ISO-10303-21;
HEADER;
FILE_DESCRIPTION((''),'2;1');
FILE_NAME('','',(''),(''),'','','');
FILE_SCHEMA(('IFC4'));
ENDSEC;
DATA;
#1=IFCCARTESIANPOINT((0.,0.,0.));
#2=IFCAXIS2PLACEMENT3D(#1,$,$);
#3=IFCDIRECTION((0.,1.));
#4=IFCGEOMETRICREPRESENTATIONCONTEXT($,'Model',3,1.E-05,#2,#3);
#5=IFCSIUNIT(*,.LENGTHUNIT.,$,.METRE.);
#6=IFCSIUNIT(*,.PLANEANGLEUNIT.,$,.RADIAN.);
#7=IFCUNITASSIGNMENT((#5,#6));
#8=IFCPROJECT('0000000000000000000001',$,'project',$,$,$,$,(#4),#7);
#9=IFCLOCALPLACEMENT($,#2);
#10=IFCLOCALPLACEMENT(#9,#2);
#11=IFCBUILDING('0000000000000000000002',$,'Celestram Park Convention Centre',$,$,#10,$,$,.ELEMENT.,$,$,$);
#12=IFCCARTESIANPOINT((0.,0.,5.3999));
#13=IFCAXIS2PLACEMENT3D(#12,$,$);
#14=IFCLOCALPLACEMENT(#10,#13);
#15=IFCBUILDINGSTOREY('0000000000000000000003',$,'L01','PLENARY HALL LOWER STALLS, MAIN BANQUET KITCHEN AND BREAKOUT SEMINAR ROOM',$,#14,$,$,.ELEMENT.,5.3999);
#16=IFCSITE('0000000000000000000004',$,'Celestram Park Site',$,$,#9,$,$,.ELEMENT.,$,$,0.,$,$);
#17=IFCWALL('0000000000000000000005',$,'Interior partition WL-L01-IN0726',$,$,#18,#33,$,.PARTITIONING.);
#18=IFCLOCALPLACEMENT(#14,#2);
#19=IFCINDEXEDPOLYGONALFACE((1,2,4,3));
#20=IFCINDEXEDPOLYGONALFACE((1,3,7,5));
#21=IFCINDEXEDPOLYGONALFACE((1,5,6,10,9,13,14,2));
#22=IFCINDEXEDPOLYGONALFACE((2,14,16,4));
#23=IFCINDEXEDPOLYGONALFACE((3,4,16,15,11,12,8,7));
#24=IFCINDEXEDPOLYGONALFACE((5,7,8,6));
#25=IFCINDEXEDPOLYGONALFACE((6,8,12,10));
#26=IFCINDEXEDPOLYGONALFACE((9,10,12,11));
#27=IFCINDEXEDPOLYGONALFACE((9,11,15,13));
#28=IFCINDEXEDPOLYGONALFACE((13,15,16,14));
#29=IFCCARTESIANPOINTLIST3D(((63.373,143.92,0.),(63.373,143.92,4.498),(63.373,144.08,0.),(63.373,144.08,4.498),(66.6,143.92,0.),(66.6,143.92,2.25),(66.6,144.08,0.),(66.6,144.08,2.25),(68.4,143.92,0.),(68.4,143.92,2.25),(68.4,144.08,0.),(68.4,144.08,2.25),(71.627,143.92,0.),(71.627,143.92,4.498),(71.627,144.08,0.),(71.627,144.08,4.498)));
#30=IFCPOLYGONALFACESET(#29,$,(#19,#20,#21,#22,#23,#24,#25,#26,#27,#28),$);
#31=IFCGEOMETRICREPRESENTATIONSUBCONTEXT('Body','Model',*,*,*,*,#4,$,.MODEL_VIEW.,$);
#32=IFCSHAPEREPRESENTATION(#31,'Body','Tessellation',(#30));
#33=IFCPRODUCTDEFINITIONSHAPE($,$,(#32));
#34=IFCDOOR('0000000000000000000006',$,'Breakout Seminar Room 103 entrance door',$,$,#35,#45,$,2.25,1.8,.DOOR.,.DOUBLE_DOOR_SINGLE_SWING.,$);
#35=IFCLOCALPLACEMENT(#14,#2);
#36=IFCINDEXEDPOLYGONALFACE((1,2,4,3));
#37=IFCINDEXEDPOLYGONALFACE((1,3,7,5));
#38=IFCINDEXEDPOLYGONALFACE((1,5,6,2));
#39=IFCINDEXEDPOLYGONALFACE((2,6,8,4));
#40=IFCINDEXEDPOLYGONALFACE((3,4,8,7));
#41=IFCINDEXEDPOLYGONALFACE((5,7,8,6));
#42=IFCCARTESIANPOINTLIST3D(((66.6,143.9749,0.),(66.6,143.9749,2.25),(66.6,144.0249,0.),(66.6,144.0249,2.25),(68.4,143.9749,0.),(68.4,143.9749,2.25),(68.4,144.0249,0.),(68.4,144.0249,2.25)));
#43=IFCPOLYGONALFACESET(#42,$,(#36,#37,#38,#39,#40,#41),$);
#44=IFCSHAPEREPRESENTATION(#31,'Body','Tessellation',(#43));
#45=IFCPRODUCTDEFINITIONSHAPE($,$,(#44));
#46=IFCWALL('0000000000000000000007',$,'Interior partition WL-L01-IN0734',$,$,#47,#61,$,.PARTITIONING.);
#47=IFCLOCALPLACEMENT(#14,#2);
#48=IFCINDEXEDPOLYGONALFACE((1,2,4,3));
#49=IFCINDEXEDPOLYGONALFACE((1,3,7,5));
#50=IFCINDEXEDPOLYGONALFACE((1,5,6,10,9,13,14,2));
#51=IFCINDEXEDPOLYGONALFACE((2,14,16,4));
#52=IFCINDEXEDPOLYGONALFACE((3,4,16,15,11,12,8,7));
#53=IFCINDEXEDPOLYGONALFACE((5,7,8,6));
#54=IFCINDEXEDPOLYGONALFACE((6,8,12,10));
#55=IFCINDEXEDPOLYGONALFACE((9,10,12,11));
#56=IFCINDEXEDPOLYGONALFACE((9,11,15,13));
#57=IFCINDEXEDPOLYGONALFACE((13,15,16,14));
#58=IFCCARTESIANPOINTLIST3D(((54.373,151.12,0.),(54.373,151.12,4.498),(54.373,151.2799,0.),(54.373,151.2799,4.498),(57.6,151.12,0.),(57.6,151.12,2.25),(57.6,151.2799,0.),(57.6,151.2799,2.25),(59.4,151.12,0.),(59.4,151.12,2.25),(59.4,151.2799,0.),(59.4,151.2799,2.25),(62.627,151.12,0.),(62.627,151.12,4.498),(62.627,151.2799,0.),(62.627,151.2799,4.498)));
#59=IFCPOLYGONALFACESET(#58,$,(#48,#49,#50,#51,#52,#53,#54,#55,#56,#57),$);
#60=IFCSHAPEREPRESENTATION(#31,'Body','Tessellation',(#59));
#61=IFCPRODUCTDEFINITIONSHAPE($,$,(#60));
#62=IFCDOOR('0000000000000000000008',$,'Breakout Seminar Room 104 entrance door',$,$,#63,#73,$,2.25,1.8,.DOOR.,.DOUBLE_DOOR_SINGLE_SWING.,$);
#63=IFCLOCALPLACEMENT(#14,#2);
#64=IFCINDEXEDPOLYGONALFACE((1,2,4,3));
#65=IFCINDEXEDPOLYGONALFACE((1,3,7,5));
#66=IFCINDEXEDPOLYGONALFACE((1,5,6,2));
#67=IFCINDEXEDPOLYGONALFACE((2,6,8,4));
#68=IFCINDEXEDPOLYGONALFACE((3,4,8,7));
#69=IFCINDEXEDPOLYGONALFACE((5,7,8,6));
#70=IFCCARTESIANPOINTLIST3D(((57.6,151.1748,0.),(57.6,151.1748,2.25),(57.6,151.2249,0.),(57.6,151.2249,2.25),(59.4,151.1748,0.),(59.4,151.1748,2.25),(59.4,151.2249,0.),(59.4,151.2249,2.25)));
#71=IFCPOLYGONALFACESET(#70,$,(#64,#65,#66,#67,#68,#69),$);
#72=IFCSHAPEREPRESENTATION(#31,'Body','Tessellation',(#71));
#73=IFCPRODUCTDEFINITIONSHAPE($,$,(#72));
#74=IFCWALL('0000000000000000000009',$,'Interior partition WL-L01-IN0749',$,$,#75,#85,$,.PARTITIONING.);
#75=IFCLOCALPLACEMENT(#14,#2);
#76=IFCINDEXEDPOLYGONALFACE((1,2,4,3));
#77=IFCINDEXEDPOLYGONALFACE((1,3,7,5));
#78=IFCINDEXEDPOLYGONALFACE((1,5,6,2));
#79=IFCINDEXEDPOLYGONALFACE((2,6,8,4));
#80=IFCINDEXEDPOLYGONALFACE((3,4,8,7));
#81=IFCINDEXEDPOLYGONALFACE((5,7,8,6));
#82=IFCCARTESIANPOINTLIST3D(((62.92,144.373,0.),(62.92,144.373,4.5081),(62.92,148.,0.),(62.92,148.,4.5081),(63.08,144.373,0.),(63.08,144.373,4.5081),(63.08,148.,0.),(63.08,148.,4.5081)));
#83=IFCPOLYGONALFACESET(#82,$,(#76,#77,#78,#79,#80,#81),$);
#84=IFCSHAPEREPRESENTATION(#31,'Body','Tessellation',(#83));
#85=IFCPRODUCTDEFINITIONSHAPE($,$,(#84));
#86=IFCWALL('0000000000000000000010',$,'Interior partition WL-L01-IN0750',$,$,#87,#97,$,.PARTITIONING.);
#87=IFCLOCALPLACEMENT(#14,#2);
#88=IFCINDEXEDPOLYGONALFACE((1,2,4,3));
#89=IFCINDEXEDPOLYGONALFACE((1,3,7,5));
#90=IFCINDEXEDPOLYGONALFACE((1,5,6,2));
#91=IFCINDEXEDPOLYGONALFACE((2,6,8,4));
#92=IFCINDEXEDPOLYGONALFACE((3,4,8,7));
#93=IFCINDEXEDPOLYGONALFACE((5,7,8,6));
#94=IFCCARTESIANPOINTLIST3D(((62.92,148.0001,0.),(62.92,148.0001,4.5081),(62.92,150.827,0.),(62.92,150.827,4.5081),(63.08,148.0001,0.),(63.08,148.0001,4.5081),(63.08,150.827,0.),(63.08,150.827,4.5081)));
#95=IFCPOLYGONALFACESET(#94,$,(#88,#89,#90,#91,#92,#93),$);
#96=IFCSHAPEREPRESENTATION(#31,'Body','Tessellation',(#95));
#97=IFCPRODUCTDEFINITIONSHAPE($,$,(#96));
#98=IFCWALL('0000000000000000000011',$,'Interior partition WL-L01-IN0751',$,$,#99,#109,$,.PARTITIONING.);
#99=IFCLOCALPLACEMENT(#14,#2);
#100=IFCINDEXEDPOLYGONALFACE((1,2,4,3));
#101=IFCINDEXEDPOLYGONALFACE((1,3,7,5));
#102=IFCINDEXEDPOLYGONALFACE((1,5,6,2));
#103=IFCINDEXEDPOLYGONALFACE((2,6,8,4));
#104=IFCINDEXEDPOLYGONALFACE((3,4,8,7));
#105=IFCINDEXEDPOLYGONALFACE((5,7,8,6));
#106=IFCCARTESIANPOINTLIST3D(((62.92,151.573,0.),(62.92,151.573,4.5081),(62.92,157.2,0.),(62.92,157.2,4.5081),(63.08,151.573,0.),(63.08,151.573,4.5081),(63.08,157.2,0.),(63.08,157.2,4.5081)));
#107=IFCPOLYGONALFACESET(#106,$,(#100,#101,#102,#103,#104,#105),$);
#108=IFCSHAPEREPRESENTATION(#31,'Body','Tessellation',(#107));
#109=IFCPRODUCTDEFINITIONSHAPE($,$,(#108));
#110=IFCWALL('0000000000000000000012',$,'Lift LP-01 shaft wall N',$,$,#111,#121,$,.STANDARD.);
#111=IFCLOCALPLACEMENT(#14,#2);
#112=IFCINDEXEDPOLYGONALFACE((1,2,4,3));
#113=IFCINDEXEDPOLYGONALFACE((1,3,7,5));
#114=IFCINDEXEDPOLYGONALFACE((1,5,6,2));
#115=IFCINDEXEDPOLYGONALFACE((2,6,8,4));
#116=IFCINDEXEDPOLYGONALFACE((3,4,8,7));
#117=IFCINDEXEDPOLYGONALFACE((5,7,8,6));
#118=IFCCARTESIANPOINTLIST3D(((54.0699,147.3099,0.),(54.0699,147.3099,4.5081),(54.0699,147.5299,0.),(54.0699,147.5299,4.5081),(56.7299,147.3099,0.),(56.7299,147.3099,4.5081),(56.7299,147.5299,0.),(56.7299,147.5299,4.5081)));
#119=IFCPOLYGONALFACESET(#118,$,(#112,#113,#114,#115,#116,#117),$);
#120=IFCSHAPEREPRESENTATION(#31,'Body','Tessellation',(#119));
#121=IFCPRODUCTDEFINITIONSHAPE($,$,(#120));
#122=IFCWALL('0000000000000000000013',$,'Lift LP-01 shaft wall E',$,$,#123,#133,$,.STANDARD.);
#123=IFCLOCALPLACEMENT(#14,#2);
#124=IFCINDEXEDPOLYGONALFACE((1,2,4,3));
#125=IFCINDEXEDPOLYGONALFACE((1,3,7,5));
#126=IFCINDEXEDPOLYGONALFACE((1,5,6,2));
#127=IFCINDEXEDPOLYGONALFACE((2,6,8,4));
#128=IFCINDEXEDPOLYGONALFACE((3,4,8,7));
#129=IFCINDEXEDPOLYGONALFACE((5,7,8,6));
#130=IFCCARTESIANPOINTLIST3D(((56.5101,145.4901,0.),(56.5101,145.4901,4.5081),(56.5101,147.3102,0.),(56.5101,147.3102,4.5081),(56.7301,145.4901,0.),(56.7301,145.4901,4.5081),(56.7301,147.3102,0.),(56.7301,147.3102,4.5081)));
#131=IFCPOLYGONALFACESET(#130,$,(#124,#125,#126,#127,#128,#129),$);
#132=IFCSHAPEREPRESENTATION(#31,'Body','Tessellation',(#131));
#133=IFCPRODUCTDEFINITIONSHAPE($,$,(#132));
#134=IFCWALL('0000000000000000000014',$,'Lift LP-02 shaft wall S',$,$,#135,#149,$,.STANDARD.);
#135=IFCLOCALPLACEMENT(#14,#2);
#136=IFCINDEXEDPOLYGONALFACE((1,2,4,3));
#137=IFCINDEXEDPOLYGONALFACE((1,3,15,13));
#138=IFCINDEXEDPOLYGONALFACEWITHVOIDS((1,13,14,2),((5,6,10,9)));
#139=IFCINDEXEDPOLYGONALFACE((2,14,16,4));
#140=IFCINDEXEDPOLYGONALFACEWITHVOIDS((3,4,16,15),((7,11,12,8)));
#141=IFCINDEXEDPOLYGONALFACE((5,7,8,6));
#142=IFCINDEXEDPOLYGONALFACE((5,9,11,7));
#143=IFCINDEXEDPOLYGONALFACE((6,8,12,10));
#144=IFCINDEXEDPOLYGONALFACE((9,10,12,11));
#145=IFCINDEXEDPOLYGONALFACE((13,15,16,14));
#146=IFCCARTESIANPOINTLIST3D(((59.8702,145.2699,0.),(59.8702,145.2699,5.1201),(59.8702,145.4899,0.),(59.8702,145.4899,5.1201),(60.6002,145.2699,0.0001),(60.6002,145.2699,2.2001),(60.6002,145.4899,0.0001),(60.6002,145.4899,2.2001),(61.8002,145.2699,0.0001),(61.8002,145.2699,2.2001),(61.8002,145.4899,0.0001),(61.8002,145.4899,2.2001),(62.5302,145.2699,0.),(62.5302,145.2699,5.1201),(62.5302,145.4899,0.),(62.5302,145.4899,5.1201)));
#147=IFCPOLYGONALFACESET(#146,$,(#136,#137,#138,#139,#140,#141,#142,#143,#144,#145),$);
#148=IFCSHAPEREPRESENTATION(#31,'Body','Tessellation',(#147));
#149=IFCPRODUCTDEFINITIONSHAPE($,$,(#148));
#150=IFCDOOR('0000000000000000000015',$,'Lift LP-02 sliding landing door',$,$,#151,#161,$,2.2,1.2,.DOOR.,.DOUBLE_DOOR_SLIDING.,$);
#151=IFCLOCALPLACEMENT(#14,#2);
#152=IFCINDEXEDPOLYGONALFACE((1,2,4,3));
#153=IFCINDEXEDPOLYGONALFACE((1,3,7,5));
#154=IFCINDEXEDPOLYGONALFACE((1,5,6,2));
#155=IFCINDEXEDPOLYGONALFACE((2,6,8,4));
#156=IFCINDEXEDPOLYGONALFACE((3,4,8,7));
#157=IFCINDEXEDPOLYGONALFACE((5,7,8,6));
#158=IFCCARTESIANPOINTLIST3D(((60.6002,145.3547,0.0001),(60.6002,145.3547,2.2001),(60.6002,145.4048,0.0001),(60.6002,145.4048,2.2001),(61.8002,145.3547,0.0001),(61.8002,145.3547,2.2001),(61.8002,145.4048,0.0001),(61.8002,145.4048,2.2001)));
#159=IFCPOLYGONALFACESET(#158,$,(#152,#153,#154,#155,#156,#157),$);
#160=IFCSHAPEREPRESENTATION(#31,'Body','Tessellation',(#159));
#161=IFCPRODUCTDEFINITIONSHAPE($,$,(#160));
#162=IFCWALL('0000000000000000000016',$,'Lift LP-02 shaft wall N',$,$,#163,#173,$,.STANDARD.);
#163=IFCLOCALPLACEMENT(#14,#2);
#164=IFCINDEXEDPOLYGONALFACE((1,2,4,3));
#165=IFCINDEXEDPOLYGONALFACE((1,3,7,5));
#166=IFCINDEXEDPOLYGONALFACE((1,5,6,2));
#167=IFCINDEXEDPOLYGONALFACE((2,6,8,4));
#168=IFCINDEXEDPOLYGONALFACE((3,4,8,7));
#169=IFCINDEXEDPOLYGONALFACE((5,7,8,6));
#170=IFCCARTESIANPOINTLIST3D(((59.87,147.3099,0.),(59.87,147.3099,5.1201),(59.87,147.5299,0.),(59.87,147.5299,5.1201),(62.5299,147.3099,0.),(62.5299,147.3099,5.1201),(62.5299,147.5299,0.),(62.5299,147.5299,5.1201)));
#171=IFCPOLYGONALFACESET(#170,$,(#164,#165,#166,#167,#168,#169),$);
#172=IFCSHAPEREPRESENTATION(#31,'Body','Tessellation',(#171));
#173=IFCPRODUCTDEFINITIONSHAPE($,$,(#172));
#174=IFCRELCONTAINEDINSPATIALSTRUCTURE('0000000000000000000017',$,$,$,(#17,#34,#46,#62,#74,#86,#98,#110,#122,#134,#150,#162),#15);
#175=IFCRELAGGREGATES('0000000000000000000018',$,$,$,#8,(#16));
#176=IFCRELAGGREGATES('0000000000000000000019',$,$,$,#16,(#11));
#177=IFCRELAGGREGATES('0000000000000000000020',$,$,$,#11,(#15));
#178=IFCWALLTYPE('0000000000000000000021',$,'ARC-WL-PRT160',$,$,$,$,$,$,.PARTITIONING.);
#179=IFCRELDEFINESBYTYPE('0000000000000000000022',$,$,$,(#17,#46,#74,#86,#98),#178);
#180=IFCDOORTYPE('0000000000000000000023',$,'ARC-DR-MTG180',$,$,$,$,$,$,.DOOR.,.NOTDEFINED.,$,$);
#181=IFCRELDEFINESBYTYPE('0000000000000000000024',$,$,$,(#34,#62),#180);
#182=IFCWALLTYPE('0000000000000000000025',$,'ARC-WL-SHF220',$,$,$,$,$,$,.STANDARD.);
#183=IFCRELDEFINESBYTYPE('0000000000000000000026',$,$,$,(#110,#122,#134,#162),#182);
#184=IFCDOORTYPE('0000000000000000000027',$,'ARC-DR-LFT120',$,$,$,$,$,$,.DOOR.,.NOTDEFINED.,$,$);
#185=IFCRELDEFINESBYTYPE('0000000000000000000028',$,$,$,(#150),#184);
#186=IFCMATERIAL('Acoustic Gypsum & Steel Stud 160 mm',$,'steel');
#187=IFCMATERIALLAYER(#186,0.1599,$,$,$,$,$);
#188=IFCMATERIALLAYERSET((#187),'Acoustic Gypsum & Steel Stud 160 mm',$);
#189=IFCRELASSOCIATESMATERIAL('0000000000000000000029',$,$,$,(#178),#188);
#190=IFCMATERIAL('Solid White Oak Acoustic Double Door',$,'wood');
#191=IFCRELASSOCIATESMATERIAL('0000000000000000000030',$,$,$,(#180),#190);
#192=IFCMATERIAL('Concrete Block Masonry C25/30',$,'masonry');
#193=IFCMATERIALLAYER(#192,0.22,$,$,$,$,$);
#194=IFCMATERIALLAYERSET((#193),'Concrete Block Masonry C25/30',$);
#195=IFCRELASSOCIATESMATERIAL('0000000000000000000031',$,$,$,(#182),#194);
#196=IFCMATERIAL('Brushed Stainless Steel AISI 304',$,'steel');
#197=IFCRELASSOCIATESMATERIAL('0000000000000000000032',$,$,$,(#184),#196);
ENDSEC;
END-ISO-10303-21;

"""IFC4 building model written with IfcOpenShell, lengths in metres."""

from ifc_helpers import new_model, si_unit, direction, frame, frame_2d, origin, place, context, subcontext, project, spatial, rectangle, extrude, material, layer, layer_set, type_object, element, fill, save


model = new_model("IFC4")

# Units and contexts
model_context = context("Model", 3, precision=1e-05, world=origin(), true_north=direction((0.0, 1.0)))
body_context = subcontext(model_context, "Body", "Model", "MODEL_VIEW")
ifc_project = project(units=[si_unit("LENGTHUNIT", "METRE"), si_unit("PLANEANGLEUNIT", "RADIAN")], contexts=[model_context])

# Site, building, storey
site_placement = place(None, origin())
site = spatial("IfcSite", under=ifc_project, at=site_placement, Name="Celestram Park Site", CompositionType="ELEMENT", RefElevation=0.0)
building_placement = place(site_placement, origin())
building = spatial("IfcBuilding", under=site, at=building_placement, Name="Celestram Park Convention Centre", CompositionType="ELEMENT")
storey_placement = place(building_placement, frame((0.0, 0.0, 5.3999)))
storey = spatial("IfcBuildingStorey", under=building, at=storey_placement, Name="L01", Description="PLENARY HALL LOWER STALLS, MAIN BANQUET KITCHEN AND BREAKOUT SEMINAR ROOM", CompositionType="ELEMENT", Elevation=5.3999)

# Walls, openings, doors
ifc_material_1 = material(Name="Acoustic Gypsum & Steel Stud 160 mm", Category="steel")
ifc_layer_1 = layer(ifc_material_1, 0.1599)
ifc_layer_set_1 = layer_set([ifc_layer_1], Name="Acoustic Gypsum & Steel Stud 160 mm")
wall_type_1 = type_object("IfcWallType", Name="ARC-WL-PRT160", PredefinedType="PARTITIONING", material=ifc_layer_set_1)
wall_1_placement = place(storey_placement, frame((63.373, 144.0, 0.0), z_axis=(0.0, 0.0, 1.0), x_axis=(1.0, 0.0, 0.0)))
wall_1 = element("IfcWall", 1, at=wall_1_placement, inside=storey, type_object=wall_type_1, Name="Interior partition WL-L01-IN0726", PredefinedType="PARTITIONING", context=body_context, shape_type="SweptSolid", body=[
    extrude(rectangle(XDim=8.2539, YDim=0.1599, at=frame_2d((4.127, 0.0))), origin(), (0.0, 0.0, 1.0), 4.498),
])
opening_1_placement = place(wall_1_placement, frame((3.2271, 0.0, 0.0)))
opening_1 = element("IfcOpeningElement", 2, at=opening_1_placement, cuts=wall_1, PredefinedType="OPENING", context=body_context, shape_type="SweptSolid", body=[
    extrude(rectangle(XDim=1.8, YDim=2.25, at=frame_2d((0.8999, 1.125))), frame((0.0, 0.0898, 0.0), z_axis=(0.0, -1.0, 0.0), x_axis=(1.0, 0.0, 0.0)), (0.0, 0.0, 1.0), 0.1799),
])
ifc_material_2 = material(Name="Solid White Oak Acoustic Double Door", Category="wood")
door_type_1 = type_object("IfcDoorType", Name="ARC-DR-MTG180", OperationType="NOTDEFINED", PredefinedType="DOOR", material=ifc_material_2)
door_1_placement = place(opening_1_placement, origin())
door_1 = element("IfcDoor", 3, at=door_1_placement, inside=storey, type_object=door_type_1, Name="Breakout Seminar Room 103 entrance door", OperationType="DOUBLE_DOOR_SINGLE_SWING", OverallHeight=2.25, OverallWidth=1.8, PredefinedType="DOOR", context=body_context, shape_type="SweptSolid", body=[
    extrude(rectangle(XDim=1.8, YDim=2.25, at=frame_2d((0.8999, 1.125))), frame((0.0, 0.0249, 0.0), z_axis=(0.0, -1.0, 0.0), x_axis=(1.0, 0.0, 0.0)), (0.0, 0.0, 1.0), 0.05),
])
fill(opening_1, door_1)
wall_2_placement = place(storey_placement, frame((54.373, 151.2, 0.0), z_axis=(0.0, 0.0, 1.0), x_axis=(1.0, 0.0, 0.0)))
wall_2 = element("IfcWall", 4, at=wall_2_placement, inside=storey, type_object=wall_type_1, Name="Interior partition WL-L01-IN0734", PredefinedType="PARTITIONING", context=body_context, shape_type="SweptSolid", body=[
    extrude(rectangle(XDim=8.2539, YDim=0.1599, at=frame_2d((4.127, 0.0))), origin(), (0.0, 0.0, 1.0), 4.498),
])
opening_2_placement = place(wall_2_placement, frame((3.2271, 0.0, 0.0)))
opening_2 = element("IfcOpeningElement", 5, at=opening_2_placement, cuts=wall_2, PredefinedType="OPENING", context=body_context, shape_type="SweptSolid", body=[
    extrude(rectangle(XDim=1.8, YDim=2.25, at=frame_2d((0.8999, 1.125))), frame((0.0, 0.0898, 0.0), z_axis=(0.0, -1.0, 0.0), x_axis=(1.0, 0.0, 0.0)), (0.0, 0.0, 1.0), 0.1799),
])
door_2_placement = place(opening_2_placement, origin())
door_2 = element("IfcDoor", 6, at=door_2_placement, inside=storey, type_object=door_type_1, Name="Breakout Seminar Room 104 entrance door", OperationType="DOUBLE_DOOR_SINGLE_SWING", OverallHeight=2.25, OverallWidth=1.8, PredefinedType="DOOR", context=body_context, shape_type="SweptSolid", body=[
    extrude(rectangle(XDim=1.8, YDim=2.25, at=frame_2d((0.8999, 1.125))), frame((0.0, 0.0249, 0.0), z_axis=(0.0, -1.0, 0.0), x_axis=(1.0, 0.0, 0.0)), (0.0, 0.0, 1.0), 0.05),
])
fill(opening_2, door_2)

# Walls
wall_3_placement = place(storey_placement, frame((63.0, 144.373, 0.0), z_axis=(0.0, 0.0, 1.0), x_axis=(0.0, 1.0, 0.0)))
element("IfcWall", 7, at=wall_3_placement, inside=storey, type_object=wall_type_1, Name="Interior partition WL-L01-IN0749", PredefinedType="PARTITIONING", context=body_context, shape_type="SweptSolid", body=[
    extrude(rectangle(XDim=3.627, YDim=0.1599, at=frame_2d((1.8135, 0.0))), origin(), (0.0, 0.0, 1.0), 4.5081),
])
wall_4_placement = place(storey_placement, frame((63.0, 148.0, 0.0), z_axis=(0.0, 0.0, 1.0), x_axis=(0.0, 1.0, 0.0)))
element("IfcWall", 8, at=wall_4_placement, inside=storey, type_object=wall_type_1, Name="Interior partition WL-L01-IN0750", PredefinedType="PARTITIONING", context=body_context, shape_type="SweptSolid", body=[
    extrude(rectangle(XDim=2.8269, YDim=0.1599, at=frame_2d((1.4136, 0.0))), origin(), (0.0, 0.0, 1.0), 4.5081),
])
wall_5_placement = place(storey_placement, frame((63.0, 151.573, 0.0), z_axis=(0.0, 0.0, 1.0), x_axis=(0.0, 1.0, 0.0)))
element("IfcWall", 9, at=wall_5_placement, inside=storey, type_object=wall_type_1, Name="Interior partition WL-L01-IN0751", PredefinedType="PARTITIONING", context=body_context, shape_type="SweptSolid", body=[
    extrude(rectangle(XDim=5.627, YDim=0.1599, at=frame_2d((2.8135, 0.0))), origin(), (0.0, 0.0, 1.0), 4.5081),
])
ifc_material_3 = material(Name="Concrete Block Masonry C25/30", Category="masonry")
ifc_layer_2 = layer(ifc_material_3, 0.22)
ifc_layer_set_2 = layer_set([ifc_layer_2], Name="Concrete Block Masonry C25/30")
wall_type_2 = type_object("IfcWallType", Name="ARC-WL-SHF220", PredefinedType="STANDARD", material=ifc_layer_set_2)
wall_6_placement = place(storey_placement, frame((56.73, 147.4199, 0.0), z_axis=(0.0, 0.0, 1.0), x_axis=(-1.0, 0.0, 0.0)))
element("IfcWall", 10, at=wall_6_placement, inside=storey, type_object=wall_type_2, Name="Lift LP-01 shaft wall N", PredefinedType="STANDARD", context=body_context, shape_type="SweptSolid", body=[
    extrude(rectangle(XDim=2.6599, YDim=0.22, at=frame_2d((1.3301, 0.0))), origin(), (0.0, 0.0, 1.0), 4.5081),
])
wall_7_placement = place(storey_placement, frame((56.6201, 145.49, 0.0), z_axis=(0.0, 0.0, 1.0), x_axis=(0.0, 1.0, 0.0)))
element("IfcWall", 11, at=wall_7_placement, inside=storey, type_object=wall_type_2, Name="Lift LP-01 shaft wall E", PredefinedType="STANDARD", context=body_context, shape_type="SweptSolid", body=[
    extrude(rectangle(XDim=1.8201, YDim=0.22, at=frame_2d((0.9102, 0.0))), origin(), (0.0, 0.0, 1.0), 4.5081),
])

# Wall, opening, door
wall_8_placement = place(storey_placement, frame((59.8701, 145.3799, 0.0), z_axis=(0.0, 0.0, 1.0), x_axis=(1.0, 0.0, 0.0)))
wall_8 = element("IfcWall", 12, at=wall_8_placement, inside=storey, type_object=wall_type_2, Name="Lift LP-02 shaft wall S", PredefinedType="STANDARD", context=body_context, shape_type="SweptSolid", body=[
    extrude(rectangle(XDim=2.6599, YDim=0.22, at=frame_2d((1.3301, 0.0))), origin(), (0.0, 0.0, 1.0), 5.1201),
])
opening_3_placement = place(wall_8_placement, frame((0.73, 0.0, 0.0)))
opening_3 = element("IfcOpeningElement", 13, at=opening_3_placement, cuts=wall_8, PredefinedType="OPENING", context=body_context, shape_type="SweptSolid", body=[
    extrude(rectangle(XDim=1.2, YDim=2.2, at=frame_2d((0.6001, 1.1001))), frame((0.0, 0.1199, 0.0), z_axis=(0.0, -1.0, 0.0), x_axis=(1.0, 0.0, 0.0)), (0.0, 0.0, 1.0), 0.24),
])
ifc_material_4 = material(Name="Brushed Stainless Steel AISI 304", Category="steel")
door_type_2 = type_object("IfcDoorType", Name="ARC-DR-LFT120", OperationType="NOTDEFINED", PredefinedType="DOOR", material=ifc_material_4)
door_3_placement = place(opening_3_placement, origin())
door_3 = element("IfcDoor", 14, at=door_3_placement, inside=storey, type_object=door_type_2, Name="Lift LP-02 sliding landing door", OperationType="DOUBLE_DOOR_SLIDING", OverallHeight=2.2, OverallWidth=1.2, PredefinedType="DOOR", context=body_context, shape_type="SweptSolid", body=[
    extrude(rectangle(XDim=1.2, YDim=2.2, at=frame_2d((0.6001, 1.1001))), frame((0.0, 0.0249, 0.0), z_axis=(0.0, -1.0, 0.0), x_axis=(1.0, 0.0, 0.0)), (0.0, 0.0, 1.0), 0.05),
])
fill(opening_3, door_3)

# Wall
wall_9_placement = place(storey_placement, frame((62.53, 147.4199, 0.0), z_axis=(0.0, 0.0, 1.0), x_axis=(-1.0, 0.0, 0.0)))
element("IfcWall", 15, at=wall_9_placement, inside=storey, type_object=wall_type_2, Name="Lift LP-02 shaft wall N", PredefinedType="STANDARD", context=body_context, shape_type="SweptSolid", body=[
    extrude(rectangle(XDim=2.6599, YDim=0.22, at=frame_2d((1.3301, 0.0))), origin(), (0.0, 0.0, 1.0), 5.1201),
])

save(model, "model.ifc")
